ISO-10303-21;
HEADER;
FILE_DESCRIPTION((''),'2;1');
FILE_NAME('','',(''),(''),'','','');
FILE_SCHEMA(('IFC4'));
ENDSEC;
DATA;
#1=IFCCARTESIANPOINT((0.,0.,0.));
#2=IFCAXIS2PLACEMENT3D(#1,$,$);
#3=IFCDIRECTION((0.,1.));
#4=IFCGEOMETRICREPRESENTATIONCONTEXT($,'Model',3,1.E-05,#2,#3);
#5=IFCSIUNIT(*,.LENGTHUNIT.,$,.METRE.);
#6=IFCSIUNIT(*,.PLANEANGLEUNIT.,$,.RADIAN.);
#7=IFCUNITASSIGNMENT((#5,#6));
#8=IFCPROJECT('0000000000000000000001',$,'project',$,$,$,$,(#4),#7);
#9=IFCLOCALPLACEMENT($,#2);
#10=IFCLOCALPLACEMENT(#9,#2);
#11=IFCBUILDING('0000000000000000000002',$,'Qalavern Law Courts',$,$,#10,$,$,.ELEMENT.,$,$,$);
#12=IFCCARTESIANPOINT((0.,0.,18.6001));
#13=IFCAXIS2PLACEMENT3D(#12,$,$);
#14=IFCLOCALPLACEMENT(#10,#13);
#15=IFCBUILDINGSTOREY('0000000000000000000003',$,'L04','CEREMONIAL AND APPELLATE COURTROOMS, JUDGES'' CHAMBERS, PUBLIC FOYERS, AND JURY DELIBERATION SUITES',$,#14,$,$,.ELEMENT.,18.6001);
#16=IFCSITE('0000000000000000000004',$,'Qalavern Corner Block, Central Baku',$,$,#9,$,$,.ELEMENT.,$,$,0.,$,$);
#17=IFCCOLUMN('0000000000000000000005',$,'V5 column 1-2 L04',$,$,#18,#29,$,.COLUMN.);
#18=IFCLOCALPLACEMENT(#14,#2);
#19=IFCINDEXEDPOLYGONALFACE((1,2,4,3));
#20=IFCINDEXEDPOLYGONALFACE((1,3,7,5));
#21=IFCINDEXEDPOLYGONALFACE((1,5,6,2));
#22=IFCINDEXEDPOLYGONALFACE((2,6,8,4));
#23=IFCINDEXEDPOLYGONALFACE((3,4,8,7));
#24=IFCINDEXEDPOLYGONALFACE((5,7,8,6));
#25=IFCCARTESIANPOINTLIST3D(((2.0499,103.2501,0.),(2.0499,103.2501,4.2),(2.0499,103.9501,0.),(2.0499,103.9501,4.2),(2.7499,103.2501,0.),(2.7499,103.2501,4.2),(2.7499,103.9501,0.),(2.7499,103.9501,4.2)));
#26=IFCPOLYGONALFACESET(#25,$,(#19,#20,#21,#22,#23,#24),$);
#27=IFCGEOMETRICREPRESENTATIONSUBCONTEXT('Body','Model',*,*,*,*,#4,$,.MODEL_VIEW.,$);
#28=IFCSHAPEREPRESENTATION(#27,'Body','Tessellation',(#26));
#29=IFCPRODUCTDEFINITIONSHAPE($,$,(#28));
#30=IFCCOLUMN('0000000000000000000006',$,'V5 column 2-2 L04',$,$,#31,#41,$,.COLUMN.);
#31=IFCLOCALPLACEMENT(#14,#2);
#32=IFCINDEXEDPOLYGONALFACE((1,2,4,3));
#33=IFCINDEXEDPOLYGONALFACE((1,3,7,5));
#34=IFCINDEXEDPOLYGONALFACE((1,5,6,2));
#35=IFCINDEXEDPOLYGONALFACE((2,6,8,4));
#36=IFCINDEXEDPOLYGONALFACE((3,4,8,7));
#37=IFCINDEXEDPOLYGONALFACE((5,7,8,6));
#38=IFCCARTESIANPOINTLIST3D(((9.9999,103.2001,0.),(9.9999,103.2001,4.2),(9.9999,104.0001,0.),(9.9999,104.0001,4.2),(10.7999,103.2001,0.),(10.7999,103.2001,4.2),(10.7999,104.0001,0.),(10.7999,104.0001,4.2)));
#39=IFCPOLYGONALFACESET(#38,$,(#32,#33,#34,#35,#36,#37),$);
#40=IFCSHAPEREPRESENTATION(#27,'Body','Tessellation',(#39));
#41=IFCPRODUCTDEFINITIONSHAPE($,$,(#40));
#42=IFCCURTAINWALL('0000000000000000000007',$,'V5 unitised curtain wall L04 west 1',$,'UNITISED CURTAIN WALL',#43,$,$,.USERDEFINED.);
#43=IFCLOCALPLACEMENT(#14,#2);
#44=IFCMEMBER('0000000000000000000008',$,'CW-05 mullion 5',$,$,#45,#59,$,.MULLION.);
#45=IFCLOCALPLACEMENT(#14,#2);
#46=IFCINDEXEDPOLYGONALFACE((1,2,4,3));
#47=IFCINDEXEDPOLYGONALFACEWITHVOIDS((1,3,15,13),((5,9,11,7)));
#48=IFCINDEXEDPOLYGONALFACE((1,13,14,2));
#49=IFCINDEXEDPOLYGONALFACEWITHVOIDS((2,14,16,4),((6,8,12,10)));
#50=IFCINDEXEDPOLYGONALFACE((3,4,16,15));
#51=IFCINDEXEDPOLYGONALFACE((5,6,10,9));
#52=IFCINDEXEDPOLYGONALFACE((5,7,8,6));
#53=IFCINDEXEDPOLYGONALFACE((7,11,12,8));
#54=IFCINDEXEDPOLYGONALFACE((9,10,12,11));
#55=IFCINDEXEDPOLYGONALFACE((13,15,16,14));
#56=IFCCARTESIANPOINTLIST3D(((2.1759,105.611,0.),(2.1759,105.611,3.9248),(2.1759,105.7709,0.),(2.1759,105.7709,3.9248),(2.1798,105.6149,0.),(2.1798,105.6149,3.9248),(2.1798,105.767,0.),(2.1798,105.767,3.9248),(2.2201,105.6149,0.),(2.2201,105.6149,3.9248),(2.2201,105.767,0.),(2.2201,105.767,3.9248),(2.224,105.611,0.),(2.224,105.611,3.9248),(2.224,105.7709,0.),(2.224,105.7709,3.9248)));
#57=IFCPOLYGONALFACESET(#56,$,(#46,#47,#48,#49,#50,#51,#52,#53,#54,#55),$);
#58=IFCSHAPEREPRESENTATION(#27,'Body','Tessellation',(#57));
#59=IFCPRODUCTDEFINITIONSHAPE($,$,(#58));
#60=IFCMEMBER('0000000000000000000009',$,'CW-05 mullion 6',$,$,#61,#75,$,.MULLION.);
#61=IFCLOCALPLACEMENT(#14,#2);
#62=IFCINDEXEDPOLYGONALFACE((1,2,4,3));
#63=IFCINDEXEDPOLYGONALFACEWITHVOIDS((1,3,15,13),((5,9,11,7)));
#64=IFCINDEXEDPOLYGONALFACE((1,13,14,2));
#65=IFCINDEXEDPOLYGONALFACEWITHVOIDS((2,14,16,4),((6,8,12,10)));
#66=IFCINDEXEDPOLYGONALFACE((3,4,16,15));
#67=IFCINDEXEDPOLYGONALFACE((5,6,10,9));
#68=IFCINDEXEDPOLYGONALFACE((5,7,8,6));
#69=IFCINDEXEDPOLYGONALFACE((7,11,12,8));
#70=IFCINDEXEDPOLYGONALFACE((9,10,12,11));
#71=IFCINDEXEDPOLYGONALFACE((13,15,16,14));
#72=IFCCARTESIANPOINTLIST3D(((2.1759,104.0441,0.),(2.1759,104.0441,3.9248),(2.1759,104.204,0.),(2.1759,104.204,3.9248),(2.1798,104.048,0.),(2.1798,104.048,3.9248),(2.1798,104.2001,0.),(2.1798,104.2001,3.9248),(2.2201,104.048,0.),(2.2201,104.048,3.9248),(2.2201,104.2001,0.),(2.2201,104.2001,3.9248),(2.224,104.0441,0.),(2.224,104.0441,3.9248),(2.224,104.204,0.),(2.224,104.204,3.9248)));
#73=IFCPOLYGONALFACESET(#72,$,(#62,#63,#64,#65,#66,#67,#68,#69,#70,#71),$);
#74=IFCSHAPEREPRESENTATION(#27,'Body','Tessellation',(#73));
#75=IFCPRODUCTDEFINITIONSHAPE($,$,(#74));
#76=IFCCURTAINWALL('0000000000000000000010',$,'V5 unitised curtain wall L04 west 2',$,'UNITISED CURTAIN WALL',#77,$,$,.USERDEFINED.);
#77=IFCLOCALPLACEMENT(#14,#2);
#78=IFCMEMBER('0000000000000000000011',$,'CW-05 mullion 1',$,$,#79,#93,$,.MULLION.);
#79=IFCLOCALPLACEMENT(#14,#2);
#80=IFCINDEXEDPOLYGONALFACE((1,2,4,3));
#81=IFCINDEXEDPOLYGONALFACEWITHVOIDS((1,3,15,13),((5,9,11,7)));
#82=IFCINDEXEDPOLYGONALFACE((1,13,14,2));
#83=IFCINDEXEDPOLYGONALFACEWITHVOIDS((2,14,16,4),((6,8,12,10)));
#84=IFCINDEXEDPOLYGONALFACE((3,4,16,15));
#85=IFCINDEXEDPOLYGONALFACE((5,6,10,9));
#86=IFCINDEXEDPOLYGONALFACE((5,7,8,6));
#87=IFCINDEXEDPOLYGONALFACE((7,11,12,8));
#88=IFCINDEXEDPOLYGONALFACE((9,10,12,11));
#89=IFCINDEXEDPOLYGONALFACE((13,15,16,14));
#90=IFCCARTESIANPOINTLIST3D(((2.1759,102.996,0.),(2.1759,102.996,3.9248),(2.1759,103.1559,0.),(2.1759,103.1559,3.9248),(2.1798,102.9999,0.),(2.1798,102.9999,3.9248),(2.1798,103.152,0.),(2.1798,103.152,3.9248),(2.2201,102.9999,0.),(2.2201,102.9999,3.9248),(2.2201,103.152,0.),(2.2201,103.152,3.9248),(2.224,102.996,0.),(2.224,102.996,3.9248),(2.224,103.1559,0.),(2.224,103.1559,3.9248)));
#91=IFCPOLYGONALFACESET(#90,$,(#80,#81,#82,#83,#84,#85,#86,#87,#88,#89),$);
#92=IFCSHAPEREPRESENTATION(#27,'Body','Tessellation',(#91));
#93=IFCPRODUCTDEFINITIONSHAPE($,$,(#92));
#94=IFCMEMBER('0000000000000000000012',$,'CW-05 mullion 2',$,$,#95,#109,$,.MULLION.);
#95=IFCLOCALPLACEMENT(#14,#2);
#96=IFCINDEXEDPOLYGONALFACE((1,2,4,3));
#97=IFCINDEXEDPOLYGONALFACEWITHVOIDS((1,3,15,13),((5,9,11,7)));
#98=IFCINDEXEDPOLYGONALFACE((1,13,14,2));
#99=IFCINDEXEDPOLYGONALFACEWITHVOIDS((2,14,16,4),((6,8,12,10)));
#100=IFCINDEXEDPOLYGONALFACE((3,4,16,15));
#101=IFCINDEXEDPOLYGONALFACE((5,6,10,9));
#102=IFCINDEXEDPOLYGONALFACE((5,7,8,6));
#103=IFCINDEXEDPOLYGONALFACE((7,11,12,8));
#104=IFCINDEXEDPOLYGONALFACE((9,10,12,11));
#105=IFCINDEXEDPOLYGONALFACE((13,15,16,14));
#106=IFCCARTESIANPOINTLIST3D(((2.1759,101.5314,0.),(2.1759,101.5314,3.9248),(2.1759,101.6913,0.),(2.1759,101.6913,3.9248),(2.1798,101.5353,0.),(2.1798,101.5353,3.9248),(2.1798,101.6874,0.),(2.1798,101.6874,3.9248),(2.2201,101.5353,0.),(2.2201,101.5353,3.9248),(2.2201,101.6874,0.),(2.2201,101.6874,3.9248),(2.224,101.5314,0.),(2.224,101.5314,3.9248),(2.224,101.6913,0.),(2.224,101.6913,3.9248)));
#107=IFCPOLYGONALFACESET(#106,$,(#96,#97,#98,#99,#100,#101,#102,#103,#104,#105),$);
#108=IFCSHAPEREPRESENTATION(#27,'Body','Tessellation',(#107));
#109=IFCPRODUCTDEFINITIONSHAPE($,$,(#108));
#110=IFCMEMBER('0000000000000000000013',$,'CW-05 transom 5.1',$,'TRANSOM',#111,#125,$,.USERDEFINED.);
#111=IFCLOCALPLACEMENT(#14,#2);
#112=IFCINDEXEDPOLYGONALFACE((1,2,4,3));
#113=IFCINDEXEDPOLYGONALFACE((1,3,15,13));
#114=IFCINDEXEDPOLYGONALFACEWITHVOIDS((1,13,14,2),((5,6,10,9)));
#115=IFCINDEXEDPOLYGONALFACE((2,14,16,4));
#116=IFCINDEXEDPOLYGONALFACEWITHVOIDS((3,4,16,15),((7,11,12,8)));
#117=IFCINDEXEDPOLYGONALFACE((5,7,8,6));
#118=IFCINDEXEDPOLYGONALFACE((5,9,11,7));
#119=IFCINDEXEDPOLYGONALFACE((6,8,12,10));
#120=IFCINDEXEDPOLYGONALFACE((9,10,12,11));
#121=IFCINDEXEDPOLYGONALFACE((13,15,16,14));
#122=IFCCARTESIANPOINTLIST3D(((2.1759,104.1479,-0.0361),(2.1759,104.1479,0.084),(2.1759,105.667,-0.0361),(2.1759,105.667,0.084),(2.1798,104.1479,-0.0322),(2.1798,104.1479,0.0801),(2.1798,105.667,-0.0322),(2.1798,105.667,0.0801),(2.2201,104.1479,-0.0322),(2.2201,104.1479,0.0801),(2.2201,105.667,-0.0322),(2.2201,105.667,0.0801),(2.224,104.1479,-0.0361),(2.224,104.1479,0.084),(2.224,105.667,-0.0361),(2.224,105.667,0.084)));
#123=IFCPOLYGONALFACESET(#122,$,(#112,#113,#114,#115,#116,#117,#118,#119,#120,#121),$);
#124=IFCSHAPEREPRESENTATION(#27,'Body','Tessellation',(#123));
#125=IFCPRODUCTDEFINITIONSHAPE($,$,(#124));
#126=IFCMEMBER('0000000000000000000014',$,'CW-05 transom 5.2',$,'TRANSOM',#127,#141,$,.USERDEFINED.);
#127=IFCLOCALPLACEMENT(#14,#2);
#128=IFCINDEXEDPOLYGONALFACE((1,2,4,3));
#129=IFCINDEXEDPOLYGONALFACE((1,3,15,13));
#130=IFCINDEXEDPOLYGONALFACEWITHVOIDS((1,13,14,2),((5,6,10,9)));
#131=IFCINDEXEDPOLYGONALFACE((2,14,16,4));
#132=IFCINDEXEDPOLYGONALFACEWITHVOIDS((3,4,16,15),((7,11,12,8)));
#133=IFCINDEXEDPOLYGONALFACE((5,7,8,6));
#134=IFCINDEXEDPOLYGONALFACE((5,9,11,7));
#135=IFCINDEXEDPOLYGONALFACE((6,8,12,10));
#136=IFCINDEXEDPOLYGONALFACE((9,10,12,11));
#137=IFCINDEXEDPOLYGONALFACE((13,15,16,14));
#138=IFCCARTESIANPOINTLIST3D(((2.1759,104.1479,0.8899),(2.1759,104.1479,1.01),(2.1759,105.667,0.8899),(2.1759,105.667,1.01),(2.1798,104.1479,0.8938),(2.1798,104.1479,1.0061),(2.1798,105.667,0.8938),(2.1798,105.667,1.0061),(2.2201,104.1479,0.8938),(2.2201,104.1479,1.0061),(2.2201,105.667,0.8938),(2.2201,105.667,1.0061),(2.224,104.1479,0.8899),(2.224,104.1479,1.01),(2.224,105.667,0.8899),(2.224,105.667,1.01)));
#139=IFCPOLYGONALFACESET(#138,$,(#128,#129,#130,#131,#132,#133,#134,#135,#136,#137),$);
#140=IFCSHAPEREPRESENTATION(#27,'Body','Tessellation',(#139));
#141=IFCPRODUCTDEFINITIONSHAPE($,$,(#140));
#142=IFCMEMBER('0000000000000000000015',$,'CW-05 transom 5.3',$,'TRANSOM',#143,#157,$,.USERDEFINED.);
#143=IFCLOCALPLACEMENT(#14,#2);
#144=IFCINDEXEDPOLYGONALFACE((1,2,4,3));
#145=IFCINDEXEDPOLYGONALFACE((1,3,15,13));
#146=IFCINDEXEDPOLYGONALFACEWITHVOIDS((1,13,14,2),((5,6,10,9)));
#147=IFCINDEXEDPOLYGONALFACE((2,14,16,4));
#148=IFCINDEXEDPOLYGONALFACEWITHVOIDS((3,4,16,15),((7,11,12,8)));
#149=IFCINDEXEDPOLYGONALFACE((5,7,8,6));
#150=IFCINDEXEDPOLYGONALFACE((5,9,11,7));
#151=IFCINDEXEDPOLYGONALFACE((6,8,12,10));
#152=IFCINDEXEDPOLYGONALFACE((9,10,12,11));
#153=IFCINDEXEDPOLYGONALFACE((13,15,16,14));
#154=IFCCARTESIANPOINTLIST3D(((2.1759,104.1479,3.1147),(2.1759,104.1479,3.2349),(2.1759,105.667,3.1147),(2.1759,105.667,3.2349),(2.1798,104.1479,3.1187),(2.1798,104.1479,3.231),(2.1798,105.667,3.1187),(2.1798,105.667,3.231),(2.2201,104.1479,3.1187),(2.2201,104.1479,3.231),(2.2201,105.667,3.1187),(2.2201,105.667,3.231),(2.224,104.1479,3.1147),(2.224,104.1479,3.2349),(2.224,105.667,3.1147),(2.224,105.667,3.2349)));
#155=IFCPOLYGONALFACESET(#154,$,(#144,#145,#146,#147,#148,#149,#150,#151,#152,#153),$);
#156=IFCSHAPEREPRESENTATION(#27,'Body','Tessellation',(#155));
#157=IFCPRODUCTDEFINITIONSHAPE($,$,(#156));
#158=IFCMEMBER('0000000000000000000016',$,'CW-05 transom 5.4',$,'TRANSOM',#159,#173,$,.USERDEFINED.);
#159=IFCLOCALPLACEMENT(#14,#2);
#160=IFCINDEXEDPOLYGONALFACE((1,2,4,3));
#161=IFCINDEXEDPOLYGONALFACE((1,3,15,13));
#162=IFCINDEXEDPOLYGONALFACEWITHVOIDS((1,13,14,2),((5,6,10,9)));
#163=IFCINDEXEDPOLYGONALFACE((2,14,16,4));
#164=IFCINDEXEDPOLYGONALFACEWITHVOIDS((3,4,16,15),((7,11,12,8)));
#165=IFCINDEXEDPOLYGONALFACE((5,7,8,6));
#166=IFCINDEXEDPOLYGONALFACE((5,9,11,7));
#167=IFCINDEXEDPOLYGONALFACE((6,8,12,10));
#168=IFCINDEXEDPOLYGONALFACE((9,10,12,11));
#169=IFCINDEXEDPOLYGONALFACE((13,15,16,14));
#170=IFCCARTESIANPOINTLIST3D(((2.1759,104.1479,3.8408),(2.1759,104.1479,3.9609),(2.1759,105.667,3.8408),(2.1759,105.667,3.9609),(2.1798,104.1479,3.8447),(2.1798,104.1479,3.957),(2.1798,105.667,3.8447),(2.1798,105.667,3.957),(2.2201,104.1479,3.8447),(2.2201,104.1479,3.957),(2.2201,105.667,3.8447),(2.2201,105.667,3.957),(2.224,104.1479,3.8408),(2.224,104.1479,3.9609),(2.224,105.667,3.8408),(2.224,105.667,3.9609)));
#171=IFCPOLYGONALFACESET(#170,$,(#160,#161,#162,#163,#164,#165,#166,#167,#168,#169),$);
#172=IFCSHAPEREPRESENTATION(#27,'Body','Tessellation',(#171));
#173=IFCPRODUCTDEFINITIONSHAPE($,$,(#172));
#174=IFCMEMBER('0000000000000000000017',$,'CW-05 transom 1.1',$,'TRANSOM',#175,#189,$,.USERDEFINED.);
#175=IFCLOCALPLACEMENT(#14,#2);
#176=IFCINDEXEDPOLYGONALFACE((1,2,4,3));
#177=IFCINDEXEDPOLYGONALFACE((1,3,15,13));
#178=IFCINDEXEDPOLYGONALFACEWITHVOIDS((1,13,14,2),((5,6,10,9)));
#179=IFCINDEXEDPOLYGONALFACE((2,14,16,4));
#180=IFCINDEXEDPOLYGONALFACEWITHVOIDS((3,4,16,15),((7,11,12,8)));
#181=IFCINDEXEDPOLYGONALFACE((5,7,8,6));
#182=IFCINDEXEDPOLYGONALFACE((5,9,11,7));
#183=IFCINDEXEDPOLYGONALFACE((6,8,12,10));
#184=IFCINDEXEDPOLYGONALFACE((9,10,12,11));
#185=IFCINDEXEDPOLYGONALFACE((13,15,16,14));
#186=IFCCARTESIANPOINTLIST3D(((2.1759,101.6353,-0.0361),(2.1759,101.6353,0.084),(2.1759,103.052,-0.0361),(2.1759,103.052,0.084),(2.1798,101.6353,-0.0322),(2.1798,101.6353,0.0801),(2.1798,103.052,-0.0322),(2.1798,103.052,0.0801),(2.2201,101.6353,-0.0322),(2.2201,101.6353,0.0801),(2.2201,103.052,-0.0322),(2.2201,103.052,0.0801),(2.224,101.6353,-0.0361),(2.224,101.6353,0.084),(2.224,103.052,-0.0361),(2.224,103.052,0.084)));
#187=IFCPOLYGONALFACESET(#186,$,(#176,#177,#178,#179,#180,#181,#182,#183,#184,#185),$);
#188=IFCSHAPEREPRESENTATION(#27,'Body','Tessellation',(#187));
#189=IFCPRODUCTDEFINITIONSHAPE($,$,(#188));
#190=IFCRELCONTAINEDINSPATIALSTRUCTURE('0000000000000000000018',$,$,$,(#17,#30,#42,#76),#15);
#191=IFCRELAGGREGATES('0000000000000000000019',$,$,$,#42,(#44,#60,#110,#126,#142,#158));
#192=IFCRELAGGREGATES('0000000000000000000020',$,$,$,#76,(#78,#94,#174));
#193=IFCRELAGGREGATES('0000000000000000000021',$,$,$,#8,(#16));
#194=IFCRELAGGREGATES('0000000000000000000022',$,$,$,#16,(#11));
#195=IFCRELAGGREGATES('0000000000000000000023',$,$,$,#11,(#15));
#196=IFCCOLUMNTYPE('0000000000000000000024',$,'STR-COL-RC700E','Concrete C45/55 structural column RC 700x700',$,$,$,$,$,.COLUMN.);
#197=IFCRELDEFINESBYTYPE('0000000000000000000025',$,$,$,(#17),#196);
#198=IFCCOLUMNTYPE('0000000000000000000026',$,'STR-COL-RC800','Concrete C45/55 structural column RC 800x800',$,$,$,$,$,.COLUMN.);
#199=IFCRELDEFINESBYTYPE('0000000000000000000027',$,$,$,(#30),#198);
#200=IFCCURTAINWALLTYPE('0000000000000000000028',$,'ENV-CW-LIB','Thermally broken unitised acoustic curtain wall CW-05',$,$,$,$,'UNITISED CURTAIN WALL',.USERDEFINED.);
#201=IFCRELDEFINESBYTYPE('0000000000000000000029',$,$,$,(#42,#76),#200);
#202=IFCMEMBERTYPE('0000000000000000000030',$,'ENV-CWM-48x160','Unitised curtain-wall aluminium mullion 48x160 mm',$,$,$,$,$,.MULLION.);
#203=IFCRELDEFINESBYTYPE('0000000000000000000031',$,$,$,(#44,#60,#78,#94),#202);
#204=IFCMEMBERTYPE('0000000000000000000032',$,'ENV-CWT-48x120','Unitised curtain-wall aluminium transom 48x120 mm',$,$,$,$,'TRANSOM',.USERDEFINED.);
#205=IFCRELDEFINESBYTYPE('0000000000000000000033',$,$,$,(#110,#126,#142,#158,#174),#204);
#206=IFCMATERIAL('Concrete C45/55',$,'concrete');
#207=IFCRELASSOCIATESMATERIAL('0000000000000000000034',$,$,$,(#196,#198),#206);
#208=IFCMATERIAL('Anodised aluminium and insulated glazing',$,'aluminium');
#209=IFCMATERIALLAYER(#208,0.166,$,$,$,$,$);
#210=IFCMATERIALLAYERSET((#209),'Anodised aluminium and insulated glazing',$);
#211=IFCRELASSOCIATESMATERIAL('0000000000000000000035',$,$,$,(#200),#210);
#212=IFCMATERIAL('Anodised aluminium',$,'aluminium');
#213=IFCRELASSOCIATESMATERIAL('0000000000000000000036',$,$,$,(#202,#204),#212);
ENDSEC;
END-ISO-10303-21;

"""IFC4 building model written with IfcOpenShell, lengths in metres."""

from ifc_helpers import new_model, si_unit, direction, frame, origin, origin_2d, place, context, subcontext, project, spatial, rectangle, hollow_rectangle, extrude, material, layer, layer_set, material_profile, profile_set, type_object, element, aggregate, save


model = new_model("IFC4")

# Units and contexts
model_context = context("Model", 3, precision=1e-05, world=origin(), true_north=direction((0.0, 1.0)))
body_context = subcontext(model_context, "Body", "Model", "MODEL_VIEW")
ifc_project = project(units=[si_unit("LENGTHUNIT", "METRE"), si_unit("PLANEANGLEUNIT", "RADIAN")], contexts=[model_context])

# Site, building, storey
site_placement = place(None, origin())
site = spatial("IfcSite", under=ifc_project, at=site_placement, Name="Qalavern Corner Block, Central Baku", CompositionType="ELEMENT", RefElevation=0.0)
building_placement = place(site_placement, origin())
building = spatial("IfcBuilding", under=site, at=building_placement, Name="Qalavern Law Courts", CompositionType="ELEMENT")
storey_placement = place(building_placement, frame((0.0, 0.0, 18.6001)))
storey = spatial("IfcBuildingStorey", under=building, at=storey_placement, Name="L04", Description="CEREMONIAL AND APPELLATE COURTROOMS, JUDGES' CHAMBERS, PUBLIC FOYERS, AND JURY DELIBERATION SUITES", CompositionType="ELEMENT", Elevation=18.6001)

# Columns
ifc_material_1 = material(Name="Concrete C45/55", Category="concrete")
ifc_material_profile_1 = material_profile(ifc_material_1, rectangle(XDim=0.7, YDim=0.7, at=origin_2d()), Name="RC 700x700")
ifc_profile_set_1 = profile_set([ifc_material_profile_1], Name="Concrete C45/55")
column_type_1 = type_object("IfcColumnType", Name="STR-COL-RC700E", Description="Concrete C45/55 structural column RC 700x700", PredefinedType="COLUMN", material=ifc_profile_set_1)
column_1_placement = place(storey_placement, frame((2.3999, 103.6001, 0.0), z_axis=(0.0, 0.0, 1.0), x_axis=(1.0, 0.0, 0.0)))
element("IfcColumn", 1, at=column_1_placement, inside=storey, type_object=column_type_1, Name="V5 column 1-2 L04", PredefinedType="COLUMN", context=body_context, shape_type="SweptSolid", body=[
    extrude(rectangle(XDim=0.7, YDim=0.7, at=origin_2d()), origin(), (0.0, 0.0, 1.0), 4.2),
])
ifc_material_profile_2 = material_profile(ifc_material_1, rectangle(XDim=0.8, YDim=0.8, at=origin_2d()), Name="RC 800x800")
ifc_profile_set_2 = profile_set([ifc_material_profile_2], Name="Concrete C45/55")
column_type_2 = type_object("IfcColumnType", Name="STR-COL-RC800", Description="Concrete C45/55 structural column RC 800x800", PredefinedType="COLUMN", material=ifc_profile_set_2)
column_2_placement = place(storey_placement, frame((10.3999, 103.6001, 0.0), z_axis=(0.0, 0.0, 1.0), x_axis=(1.0, 0.0, 0.0)))
element("IfcColumn", 2, at=column_2_placement, inside=storey, type_object=column_type_2, Name="V5 column 2-2 L04", PredefinedType="COLUMN", context=body_context, shape_type="SweptSolid", body=[
    extrude(rectangle(XDim=0.8, YDim=0.8, at=origin_2d()), origin(), (0.0, 0.0, 1.0), 4.2),
])

# Curtain walls, members
ifc_material_2 = material(Name="Anodised aluminium and insulated glazing", Category="aluminium")
ifc_layer_1 = layer(ifc_material_2, 0.166)
ifc_layer_set_1 = layer_set([ifc_layer_1], Name="Anodised aluminium and insulated glazing")
curtain_wall_type = type_object("IfcCurtainWallType", Name="ENV-CW-LIB", Description="Thermally broken unitised acoustic curtain wall CW-05", ElementType="UNITISED CURTAIN WALL", PredefinedType="USERDEFINED", material=ifc_layer_set_1)
curtain_wall_1_placement = place(storey_placement, origin())
curtain_wall_1 = element("IfcCurtainWall", 3, at=curtain_wall_1_placement, inside=storey, type_object=curtain_wall_type, Name="V5 unitised curtain wall L04 west 1", ObjectType="UNITISED CURTAIN WALL", PredefinedType="USERDEFINED")
ifc_material_3 = material(Name="Anodised aluminium", Category="aluminium")
ifc_material_profile_3 = material_profile(ifc_material_3, hollow_rectangle(XDim=0.0481, YDim=0.1599, WallThickness=0.0039, at=origin_2d()), Name="ALU MULLION 48x160")
ifc_profile_set_3 = profile_set([ifc_material_profile_3], Name="Anodised aluminium")
member_type_1 = type_object("IfcMemberType", Name="ENV-CWM-48x160", Description="Unitised curtain-wall aluminium mullion 48x160 mm", PredefinedType="MULLION", material=ifc_profile_set_3)
member_1_placement = place(storey_placement, frame((2.2, 105.6909, 0.0), z_axis=(0.0, 0.0, 1.0), x_axis=(1.0, 0.0, 0.0)))
member_1 = element("IfcMember", 4, at=member_1_placement, type_object=member_type_1, Name="CW-05 mullion 5", PredefinedType="MULLION", context=body_context, shape_type="SweptSolid", body=[
    extrude(hollow_rectangle(XDim=0.0481, YDim=0.1599, WallThickness=0.0039, at=origin_2d()), origin(), (0.0, 0.0, 1.0), 3.9248),
])
member_2_placement = place(storey_placement, frame((2.2, 104.124, 0.0), z_axis=(0.0, 0.0, 1.0), x_axis=(1.0, 0.0, 0.0)))
member_2 = element("IfcMember", 5, at=member_2_placement, type_object=member_type_1, Name="CW-05 mullion 6", PredefinedType="MULLION", context=body_context, shape_type="SweptSolid", body=[
    extrude(hollow_rectangle(XDim=0.0481, YDim=0.1599, WallThickness=0.0039, at=origin_2d()), origin(), (0.0, 0.0, 1.0), 3.9248),
])
curtain_wall_2_placement = place(storey_placement, origin())
curtain_wall_2 = element("IfcCurtainWall", 6, at=curtain_wall_2_placement, inside=storey, type_object=curtain_wall_type, Name="V5 unitised curtain wall L04 west 2", ObjectType="UNITISED CURTAIN WALL", PredefinedType="USERDEFINED")
member_3_placement = place(storey_placement, frame((2.2, 103.0759, 0.0), z_axis=(0.0, 0.0, 1.0), x_axis=(1.0, 0.0, 0.0)))
member_3 = element("IfcMember", 7, at=member_3_placement, type_object=member_type_1, Name="CW-05 mullion 1", PredefinedType="MULLION", context=body_context, shape_type="SweptSolid", body=[
    extrude(hollow_rectangle(XDim=0.0481, YDim=0.1599, WallThickness=0.0039, at=origin_2d()), origin(), (0.0, 0.0, 1.0), 3.9248),
])
member_4_placement = place(storey_placement, frame((2.2, 101.6113, 0.0), z_axis=(0.0, 0.0, 1.0), x_axis=(1.0, 0.0, 0.0)))
member_4 = element("IfcMember", 8, at=member_4_placement, type_object=member_type_1, Name="CW-05 mullion 2", PredefinedType="MULLION", context=body_context, shape_type="SweptSolid", body=[
    extrude(hollow_rectangle(XDim=0.0481, YDim=0.1599, WallThickness=0.0039, at=origin_2d()), origin(), (0.0, 0.0, 1.0), 3.9248),
])

# Members
ifc_material_profile_4 = material_profile(ifc_material_3, hollow_rectangle(XDim=0.0481, YDim=0.1201, WallThickness=0.0039, at=origin_2d()), Name="ALU TRANSOM 48x120")
ifc_profile_set_4 = profile_set([ifc_material_profile_4], Name="Anodised aluminium")
member_type_2 = type_object("IfcMemberType", Name="ENV-CWT-48x120", Description="Unitised curtain-wall aluminium transom 48x120 mm", ElementType="TRANSOM", PredefinedType="USERDEFINED", material=ifc_profile_set_4)
member_5_placement = place(storey_placement, frame((2.2, 105.667, 0.0239), z_axis=(0.0, -1.0, 0.0), x_axis=(1.0, 0.0, 0.0)))
member_5 = element("IfcMember", 9, at=member_5_placement, type_object=member_type_2, Name="CW-05 transom 5.1", ObjectType="TRANSOM", PredefinedType="USERDEFINED", context=body_context, shape_type="SweptSolid", body=[
    extrude(hollow_rectangle(XDim=0.0481, YDim=0.1201, WallThickness=0.0039, at=origin_2d()), origin(), (0.0, 0.0, 1.0), 1.519),
])
member_6_placement = place(storey_placement, frame((2.2, 105.667, 0.95), z_axis=(0.0, -1.0, 0.0), x_axis=(1.0, 0.0, 0.0)))
member_6 = element("IfcMember", 10, at=member_6_placement, type_object=member_type_2, Name="CW-05 transom 5.2", ObjectType="TRANSOM", PredefinedType="USERDEFINED", context=body_context, shape_type="SweptSolid", body=[
    extrude(hollow_rectangle(XDim=0.0481, YDim=0.1201, WallThickness=0.0039, at=origin_2d()), origin(), (0.0, 0.0, 1.0), 1.519),
])
member_7_placement = place(storey_placement, frame((2.2, 105.667, 3.1748), z_axis=(0.0, -1.0, 0.0), x_axis=(1.0, 0.0, 0.0)))
member_7 = element("IfcMember", 11, at=member_7_placement, type_object=member_type_2, Name="CW-05 transom 5.3", ObjectType="TRANSOM", PredefinedType="USERDEFINED", context=body_context, shape_type="SweptSolid", body=[
    extrude(hollow_rectangle(XDim=0.0481, YDim=0.1201, WallThickness=0.0039, at=origin_2d()), origin(), (0.0, 0.0, 1.0), 1.519),
])
member_8_placement = place(storey_placement, frame((2.2, 105.667, 3.9009), z_axis=(0.0, -1.0, 0.0), x_axis=(1.0, 0.0, 0.0)))
member_8 = element("IfcMember", 12, at=member_8_placement, type_object=member_type_2, Name="CW-05 transom 5.4", ObjectType="TRANSOM", PredefinedType="USERDEFINED", context=body_context, shape_type="SweptSolid", body=[
    extrude(hollow_rectangle(XDim=0.0481, YDim=0.1201, WallThickness=0.0039, at=origin_2d()), origin(), (0.0, 0.0, 1.0), 1.519),
])
member_9_placement = place(storey_placement, frame((2.2, 103.052, 0.0239), z_axis=(0.0, -1.0, 0.0), x_axis=(1.0, 0.0, 0.0)))
member_9 = element("IfcMember", 13, at=member_9_placement, type_object=member_type_2, Name="CW-05 transom 1.1", ObjectType="TRANSOM", PredefinedType="USERDEFINED", context=body_context, shape_type="SweptSolid", body=[
    extrude(hollow_rectangle(XDim=0.0481, YDim=0.1201, WallThickness=0.0039, at=origin_2d()), origin(), (0.0, 0.0, 1.0), 1.4167),
])

aggregate(curtain_wall_1, [member_1, member_2, member_5, member_6, member_7, member_8])
aggregate(curtain_wall_2, [member_3, member_4, member_9])

save(model, "model.ifc")
